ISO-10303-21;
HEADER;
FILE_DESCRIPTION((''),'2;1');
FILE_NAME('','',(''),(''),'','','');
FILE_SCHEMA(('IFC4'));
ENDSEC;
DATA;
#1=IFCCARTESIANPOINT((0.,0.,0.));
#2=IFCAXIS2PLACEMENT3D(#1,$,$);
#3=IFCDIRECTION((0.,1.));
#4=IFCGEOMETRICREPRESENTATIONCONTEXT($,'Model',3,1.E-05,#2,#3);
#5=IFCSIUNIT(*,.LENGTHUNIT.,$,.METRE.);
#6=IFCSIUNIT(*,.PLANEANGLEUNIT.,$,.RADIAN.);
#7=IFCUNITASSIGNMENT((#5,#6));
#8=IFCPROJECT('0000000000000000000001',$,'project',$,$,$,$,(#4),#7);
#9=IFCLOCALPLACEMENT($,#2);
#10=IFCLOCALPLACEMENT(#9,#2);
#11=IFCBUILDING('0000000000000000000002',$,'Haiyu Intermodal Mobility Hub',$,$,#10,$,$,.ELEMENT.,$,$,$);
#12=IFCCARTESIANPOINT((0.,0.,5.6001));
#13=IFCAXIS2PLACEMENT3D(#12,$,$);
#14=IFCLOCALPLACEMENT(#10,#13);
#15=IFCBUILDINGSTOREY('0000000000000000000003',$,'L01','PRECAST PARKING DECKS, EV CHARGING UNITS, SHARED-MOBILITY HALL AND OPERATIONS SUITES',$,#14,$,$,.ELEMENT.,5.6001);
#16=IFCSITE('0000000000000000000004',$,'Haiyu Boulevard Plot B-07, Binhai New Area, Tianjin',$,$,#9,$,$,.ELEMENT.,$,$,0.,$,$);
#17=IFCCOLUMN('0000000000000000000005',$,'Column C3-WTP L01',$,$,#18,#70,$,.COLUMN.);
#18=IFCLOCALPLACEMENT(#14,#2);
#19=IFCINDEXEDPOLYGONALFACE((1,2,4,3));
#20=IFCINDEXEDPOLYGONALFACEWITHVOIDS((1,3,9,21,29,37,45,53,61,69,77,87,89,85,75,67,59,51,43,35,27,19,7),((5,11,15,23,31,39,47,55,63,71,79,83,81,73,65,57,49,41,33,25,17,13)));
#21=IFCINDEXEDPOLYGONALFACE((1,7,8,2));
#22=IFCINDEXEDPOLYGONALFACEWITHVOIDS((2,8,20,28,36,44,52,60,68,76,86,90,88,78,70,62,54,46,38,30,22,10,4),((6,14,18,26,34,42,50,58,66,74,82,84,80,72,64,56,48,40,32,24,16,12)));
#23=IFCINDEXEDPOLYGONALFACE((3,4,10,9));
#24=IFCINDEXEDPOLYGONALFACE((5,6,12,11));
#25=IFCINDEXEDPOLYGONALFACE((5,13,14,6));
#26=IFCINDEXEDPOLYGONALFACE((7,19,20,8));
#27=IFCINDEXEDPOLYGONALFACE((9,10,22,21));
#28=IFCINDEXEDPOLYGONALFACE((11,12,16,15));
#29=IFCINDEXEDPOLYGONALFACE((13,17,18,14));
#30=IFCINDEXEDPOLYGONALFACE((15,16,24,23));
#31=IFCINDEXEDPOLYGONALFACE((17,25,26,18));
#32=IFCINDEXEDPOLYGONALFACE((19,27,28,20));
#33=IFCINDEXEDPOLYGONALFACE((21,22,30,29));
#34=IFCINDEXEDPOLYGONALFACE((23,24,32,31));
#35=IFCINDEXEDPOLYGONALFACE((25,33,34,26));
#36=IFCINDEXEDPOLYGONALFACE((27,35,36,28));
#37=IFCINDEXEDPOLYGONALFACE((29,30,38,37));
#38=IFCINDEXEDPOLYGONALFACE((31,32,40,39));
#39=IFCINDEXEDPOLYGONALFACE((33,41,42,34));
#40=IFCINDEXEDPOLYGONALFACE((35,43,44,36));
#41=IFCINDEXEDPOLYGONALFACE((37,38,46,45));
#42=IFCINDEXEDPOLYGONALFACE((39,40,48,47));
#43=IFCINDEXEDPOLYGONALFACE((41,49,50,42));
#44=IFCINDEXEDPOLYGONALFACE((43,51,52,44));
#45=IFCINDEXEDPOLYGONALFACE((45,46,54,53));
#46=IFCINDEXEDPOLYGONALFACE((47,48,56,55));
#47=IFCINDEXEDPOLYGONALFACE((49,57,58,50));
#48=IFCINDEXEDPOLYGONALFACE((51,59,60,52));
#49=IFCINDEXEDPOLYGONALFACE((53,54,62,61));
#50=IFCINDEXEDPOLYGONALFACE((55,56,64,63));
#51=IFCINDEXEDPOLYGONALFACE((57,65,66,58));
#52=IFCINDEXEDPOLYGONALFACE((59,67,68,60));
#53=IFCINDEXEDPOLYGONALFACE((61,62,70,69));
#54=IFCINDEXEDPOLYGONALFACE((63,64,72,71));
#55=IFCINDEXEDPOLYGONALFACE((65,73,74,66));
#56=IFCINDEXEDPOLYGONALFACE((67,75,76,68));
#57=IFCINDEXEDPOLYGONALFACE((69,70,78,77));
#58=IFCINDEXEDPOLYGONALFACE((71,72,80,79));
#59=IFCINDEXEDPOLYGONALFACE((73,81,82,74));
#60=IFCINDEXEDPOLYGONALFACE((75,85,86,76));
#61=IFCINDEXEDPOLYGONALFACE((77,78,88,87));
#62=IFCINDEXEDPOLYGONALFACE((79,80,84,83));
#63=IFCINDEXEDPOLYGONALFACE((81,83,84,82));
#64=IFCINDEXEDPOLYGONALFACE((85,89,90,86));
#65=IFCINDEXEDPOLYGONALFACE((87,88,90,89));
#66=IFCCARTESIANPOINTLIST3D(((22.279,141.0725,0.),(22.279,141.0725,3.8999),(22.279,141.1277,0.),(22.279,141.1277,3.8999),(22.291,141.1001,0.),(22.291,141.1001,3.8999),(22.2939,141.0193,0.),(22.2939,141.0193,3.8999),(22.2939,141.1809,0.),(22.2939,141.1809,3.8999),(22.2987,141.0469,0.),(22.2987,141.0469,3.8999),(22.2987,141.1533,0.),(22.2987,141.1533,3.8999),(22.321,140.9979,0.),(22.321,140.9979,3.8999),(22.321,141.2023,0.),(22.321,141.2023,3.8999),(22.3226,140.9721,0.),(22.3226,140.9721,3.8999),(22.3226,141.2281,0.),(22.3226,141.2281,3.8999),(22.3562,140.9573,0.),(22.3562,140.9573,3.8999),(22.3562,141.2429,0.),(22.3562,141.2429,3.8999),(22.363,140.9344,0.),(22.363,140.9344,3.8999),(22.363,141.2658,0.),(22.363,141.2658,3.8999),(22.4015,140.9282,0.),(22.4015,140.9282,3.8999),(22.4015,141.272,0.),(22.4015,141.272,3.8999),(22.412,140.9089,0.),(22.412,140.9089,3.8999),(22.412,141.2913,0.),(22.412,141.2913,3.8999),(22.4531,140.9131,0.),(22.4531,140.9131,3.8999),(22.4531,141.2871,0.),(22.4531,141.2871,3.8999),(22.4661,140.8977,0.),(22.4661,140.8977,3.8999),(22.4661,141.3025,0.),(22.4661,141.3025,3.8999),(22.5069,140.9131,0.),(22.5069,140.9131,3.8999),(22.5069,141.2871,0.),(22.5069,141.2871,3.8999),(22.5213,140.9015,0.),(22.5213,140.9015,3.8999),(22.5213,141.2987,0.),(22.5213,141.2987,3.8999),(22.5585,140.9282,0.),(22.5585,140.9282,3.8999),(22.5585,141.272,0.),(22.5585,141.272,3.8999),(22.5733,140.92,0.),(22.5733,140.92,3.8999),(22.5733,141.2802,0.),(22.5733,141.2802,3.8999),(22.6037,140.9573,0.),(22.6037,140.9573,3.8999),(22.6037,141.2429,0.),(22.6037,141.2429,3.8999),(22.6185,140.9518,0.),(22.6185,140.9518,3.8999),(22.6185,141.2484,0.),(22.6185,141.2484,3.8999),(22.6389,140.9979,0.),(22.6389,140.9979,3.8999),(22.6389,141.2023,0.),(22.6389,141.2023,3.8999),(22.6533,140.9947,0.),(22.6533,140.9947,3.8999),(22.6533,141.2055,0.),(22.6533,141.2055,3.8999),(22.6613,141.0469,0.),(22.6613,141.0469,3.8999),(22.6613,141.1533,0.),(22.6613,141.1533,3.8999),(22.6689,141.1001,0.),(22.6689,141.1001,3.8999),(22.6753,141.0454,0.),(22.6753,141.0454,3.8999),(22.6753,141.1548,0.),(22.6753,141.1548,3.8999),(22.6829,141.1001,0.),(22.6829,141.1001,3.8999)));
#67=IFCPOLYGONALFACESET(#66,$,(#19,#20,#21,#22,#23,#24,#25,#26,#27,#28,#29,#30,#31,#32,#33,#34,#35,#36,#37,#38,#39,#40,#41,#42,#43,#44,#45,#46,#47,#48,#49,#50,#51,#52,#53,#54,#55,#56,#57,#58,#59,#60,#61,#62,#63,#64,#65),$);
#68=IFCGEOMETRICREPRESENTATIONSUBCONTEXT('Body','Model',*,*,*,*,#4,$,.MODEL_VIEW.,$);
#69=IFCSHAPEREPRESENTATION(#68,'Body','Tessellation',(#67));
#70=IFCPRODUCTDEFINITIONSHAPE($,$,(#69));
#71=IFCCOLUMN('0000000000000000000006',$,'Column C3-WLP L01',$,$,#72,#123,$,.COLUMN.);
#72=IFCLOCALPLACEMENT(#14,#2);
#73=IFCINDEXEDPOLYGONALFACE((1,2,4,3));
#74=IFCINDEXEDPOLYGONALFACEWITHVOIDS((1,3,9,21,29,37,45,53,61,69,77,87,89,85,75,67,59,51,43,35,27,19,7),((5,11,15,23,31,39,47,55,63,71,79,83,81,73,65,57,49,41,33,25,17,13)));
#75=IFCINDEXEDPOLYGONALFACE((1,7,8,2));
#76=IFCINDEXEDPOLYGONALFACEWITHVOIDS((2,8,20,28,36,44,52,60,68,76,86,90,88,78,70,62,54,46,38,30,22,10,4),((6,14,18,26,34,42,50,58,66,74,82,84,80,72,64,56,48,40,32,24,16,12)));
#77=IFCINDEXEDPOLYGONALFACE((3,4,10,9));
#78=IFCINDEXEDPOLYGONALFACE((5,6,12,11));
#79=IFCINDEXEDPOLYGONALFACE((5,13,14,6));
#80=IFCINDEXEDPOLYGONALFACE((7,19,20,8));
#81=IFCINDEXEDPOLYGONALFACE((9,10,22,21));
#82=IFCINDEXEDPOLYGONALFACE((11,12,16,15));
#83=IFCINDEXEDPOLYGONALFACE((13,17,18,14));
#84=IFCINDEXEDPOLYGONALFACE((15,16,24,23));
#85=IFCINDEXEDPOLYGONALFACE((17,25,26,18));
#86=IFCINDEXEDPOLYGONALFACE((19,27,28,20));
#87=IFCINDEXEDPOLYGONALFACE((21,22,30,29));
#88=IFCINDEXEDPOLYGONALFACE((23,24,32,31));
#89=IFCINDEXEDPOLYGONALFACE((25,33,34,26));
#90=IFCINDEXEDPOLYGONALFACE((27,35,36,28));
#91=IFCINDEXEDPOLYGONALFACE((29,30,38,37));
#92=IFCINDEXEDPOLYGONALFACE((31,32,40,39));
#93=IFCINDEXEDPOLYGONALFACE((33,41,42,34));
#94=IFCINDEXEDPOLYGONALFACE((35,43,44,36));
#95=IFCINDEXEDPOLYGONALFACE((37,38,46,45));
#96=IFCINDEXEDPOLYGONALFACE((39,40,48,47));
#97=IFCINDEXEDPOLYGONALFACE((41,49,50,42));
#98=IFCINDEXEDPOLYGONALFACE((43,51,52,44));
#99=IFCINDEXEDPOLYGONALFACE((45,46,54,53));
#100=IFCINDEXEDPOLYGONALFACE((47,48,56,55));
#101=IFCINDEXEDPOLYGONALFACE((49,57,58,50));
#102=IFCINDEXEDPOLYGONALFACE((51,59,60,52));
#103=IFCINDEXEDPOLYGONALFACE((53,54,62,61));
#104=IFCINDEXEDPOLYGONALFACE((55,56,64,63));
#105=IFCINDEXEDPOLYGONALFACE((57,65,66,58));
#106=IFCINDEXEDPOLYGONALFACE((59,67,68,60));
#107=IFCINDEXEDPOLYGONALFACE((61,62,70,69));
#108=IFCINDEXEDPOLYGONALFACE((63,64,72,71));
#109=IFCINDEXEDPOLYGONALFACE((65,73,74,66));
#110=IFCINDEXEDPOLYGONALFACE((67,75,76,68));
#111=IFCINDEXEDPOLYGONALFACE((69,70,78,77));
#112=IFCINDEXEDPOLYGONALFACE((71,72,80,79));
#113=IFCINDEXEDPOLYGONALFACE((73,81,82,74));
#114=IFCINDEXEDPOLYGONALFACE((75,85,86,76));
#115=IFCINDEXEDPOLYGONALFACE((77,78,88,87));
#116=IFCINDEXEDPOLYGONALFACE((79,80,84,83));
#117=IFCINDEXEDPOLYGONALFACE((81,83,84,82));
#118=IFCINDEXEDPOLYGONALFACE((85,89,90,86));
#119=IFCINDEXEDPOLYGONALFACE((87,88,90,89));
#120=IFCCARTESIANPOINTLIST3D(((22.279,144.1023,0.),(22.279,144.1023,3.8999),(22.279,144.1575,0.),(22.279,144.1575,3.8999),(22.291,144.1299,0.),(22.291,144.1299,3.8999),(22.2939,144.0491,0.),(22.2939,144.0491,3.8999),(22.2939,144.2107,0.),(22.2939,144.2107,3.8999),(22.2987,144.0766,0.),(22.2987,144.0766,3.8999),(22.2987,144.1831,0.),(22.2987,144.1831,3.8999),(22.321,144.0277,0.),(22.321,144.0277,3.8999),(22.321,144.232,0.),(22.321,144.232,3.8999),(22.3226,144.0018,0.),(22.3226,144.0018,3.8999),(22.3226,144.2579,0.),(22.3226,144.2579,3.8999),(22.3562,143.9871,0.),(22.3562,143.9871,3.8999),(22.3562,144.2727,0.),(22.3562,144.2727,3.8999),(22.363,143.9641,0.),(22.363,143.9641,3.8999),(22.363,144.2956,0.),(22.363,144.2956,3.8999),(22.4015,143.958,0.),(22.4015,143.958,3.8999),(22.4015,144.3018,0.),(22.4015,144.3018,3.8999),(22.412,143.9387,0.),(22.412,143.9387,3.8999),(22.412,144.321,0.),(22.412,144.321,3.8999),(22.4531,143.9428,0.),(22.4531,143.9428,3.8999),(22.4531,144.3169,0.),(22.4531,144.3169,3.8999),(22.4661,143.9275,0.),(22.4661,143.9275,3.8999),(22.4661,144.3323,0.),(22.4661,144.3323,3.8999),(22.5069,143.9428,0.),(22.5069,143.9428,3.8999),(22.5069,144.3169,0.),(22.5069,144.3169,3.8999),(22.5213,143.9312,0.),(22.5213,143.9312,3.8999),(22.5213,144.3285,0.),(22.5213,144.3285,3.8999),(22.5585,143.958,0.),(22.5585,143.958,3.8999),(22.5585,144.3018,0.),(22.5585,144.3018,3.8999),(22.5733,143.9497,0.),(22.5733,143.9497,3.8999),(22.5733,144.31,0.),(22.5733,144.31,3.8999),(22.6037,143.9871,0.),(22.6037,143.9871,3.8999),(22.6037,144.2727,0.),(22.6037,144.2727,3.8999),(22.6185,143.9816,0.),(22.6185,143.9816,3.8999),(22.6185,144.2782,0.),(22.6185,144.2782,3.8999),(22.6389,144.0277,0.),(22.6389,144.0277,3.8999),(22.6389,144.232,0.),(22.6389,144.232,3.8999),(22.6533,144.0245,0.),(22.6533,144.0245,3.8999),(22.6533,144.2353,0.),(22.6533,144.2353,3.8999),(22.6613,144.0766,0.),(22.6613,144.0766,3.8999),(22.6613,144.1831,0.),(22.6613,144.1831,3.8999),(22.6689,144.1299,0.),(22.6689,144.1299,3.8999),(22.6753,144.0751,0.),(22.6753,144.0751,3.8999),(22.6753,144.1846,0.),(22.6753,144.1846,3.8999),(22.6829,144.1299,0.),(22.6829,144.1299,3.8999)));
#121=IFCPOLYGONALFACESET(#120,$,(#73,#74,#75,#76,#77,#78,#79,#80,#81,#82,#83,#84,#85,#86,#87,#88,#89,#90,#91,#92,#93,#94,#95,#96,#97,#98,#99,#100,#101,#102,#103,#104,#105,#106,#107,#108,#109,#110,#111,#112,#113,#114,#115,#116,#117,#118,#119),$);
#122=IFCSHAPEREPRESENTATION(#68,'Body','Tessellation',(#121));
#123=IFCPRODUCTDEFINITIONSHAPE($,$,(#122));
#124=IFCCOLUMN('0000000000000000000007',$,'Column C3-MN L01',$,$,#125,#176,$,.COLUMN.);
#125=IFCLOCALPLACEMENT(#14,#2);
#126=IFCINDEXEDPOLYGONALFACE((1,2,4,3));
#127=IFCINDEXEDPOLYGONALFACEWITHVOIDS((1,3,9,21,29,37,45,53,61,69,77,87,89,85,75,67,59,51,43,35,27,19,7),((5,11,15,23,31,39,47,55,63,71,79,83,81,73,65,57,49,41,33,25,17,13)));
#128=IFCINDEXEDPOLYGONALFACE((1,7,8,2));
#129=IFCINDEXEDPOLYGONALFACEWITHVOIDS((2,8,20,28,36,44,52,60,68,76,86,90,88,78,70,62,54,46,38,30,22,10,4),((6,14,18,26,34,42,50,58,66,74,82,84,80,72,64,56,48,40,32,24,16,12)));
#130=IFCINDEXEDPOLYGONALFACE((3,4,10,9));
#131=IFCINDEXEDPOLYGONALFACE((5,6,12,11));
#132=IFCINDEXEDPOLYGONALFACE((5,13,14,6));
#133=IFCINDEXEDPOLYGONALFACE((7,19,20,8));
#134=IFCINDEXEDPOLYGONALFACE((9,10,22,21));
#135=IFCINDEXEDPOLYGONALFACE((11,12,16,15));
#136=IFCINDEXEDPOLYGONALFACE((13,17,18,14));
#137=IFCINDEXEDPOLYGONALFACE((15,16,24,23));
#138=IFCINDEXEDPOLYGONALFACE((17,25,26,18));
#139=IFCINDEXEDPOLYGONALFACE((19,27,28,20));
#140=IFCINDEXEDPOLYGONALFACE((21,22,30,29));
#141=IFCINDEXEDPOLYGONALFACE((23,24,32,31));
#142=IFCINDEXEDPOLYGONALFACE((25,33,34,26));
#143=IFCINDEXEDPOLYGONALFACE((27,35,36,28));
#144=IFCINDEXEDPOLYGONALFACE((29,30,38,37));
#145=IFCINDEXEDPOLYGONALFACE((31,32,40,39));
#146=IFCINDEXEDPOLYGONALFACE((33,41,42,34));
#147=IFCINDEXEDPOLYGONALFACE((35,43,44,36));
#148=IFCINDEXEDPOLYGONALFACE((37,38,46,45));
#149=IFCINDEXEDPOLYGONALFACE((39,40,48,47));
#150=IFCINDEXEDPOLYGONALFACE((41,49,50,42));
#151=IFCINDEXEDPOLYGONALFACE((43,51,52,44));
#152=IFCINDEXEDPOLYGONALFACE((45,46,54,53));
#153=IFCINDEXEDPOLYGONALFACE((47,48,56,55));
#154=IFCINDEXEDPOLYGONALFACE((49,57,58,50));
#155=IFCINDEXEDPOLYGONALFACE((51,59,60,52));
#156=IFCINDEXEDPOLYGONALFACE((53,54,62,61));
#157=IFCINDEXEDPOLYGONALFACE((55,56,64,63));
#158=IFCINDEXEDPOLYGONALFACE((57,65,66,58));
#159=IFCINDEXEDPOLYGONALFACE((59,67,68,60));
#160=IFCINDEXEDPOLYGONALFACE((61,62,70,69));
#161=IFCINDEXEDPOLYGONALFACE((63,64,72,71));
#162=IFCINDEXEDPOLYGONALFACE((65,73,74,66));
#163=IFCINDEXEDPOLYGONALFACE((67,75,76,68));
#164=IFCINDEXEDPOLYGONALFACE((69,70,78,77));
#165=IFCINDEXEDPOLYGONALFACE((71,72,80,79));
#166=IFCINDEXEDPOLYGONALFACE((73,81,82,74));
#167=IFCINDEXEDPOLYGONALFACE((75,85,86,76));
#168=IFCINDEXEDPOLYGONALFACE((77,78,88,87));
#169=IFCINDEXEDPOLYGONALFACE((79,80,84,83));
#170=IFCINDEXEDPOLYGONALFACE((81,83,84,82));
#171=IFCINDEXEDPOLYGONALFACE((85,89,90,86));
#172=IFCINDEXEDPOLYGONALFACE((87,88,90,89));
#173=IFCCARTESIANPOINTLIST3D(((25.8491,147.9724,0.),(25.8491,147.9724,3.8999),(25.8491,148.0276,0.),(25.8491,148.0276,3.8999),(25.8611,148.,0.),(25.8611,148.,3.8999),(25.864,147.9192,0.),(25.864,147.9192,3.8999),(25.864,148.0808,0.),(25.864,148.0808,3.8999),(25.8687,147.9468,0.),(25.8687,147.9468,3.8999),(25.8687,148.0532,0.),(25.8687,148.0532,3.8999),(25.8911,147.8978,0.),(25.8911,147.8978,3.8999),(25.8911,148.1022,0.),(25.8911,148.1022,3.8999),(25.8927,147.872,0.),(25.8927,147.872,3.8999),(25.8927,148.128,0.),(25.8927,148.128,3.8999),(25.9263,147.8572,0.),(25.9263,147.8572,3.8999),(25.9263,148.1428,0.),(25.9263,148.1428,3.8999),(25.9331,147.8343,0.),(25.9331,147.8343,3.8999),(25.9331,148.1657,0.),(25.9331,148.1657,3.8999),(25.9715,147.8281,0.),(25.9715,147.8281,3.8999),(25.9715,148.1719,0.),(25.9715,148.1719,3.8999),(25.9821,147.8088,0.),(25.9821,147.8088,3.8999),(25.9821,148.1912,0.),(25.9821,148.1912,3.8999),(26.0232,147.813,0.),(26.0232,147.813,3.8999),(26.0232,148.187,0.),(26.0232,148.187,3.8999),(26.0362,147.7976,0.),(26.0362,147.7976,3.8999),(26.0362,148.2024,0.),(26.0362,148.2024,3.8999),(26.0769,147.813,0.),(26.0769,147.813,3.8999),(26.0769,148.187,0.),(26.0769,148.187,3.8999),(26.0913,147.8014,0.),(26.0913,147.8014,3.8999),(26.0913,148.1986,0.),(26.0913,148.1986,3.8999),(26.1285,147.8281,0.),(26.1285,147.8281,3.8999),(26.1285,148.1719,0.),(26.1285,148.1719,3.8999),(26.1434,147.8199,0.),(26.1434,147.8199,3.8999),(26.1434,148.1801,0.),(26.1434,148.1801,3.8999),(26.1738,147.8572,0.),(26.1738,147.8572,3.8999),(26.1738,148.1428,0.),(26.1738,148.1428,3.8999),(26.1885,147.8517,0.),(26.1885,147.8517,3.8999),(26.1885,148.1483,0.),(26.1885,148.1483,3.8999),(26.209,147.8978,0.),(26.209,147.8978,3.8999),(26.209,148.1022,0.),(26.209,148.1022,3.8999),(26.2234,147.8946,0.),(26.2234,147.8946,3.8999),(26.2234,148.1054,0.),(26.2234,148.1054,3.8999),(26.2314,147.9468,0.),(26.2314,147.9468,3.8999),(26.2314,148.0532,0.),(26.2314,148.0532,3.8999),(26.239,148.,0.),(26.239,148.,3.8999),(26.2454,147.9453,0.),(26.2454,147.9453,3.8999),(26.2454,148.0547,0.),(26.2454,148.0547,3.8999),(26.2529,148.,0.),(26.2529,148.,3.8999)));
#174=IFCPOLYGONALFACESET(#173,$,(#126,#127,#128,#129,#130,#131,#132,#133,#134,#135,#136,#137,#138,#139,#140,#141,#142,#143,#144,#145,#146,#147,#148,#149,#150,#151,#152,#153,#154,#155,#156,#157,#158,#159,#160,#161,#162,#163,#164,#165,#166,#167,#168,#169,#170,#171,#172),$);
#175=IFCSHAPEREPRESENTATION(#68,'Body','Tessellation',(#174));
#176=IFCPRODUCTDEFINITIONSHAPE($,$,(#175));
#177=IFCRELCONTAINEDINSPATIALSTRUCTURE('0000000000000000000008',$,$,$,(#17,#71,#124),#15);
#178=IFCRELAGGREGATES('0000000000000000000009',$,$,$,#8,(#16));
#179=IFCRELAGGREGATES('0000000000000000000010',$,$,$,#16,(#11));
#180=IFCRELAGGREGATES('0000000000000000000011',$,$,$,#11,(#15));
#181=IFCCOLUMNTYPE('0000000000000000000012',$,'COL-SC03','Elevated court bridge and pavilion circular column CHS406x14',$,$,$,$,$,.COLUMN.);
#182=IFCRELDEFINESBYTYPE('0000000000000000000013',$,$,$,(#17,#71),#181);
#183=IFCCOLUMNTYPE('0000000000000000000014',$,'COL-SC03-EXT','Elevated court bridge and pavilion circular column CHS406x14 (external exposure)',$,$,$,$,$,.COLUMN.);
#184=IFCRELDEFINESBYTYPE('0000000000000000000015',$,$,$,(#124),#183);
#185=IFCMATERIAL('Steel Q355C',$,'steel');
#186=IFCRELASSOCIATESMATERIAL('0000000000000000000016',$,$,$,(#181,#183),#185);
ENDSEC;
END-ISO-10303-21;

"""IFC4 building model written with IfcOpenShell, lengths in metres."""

from ifc_helpers import new_model, si_unit, direction, frame, origin, origin_2d, place, context, subcontext, project, spatial, hollow_circle, extrude, material, material_profile, profile_set, type_object, element, save


model = new_model("IFC4")

# Units and contexts
model_context = context("Model", 3, precision=1e-05, world=origin(), true_north=direction((0.0, 1.0)))
body_context = subcontext(model_context, "Body", "Model", "MODEL_VIEW")
ifc_project = project(units=[si_unit("LENGTHUNIT", "METRE"), si_unit("PLANEANGLEUNIT", "RADIAN")], contexts=[model_context])

# Site, building, storey
site_placement = place(None, origin())
site = spatial("IfcSite", under=ifc_project, at=site_placement, Name="Haiyu Boulevard Plot B-07, Binhai New Area, Tianjin", CompositionType="ELEMENT", RefElevation=0.0)
building_placement = place(site_placement, origin())
building = spatial("IfcBuilding", under=site, at=building_placement, Name="Haiyu Intermodal Mobility Hub", CompositionType="ELEMENT")
storey_placement = place(building_placement, frame((0.0, 0.0, 5.6001)))
storey = spatial("IfcBuildingStorey", under=building, at=storey_placement, Name="L01", Description="PRECAST PARKING DECKS, EV CHARGING UNITS, SHARED-MOBILITY HALL AND OPERATIONS SUITES", CompositionType="ELEMENT", Elevation=5.6001)

# Columns
ifc_material_1 = material(Name="Steel Q355C", Category="steel")
ifc_material_profile_1 = material_profile(ifc_material_1, hollow_circle(Radius=0.2029, WallThickness=0.0139, at=origin_2d()), Name="CHS406x14")
ifc_profile_set_1 = profile_set([ifc_material_profile_1], Name="Steel Q355C")
column_type_1 = type_object("IfcColumnType", Name="COL-SC03", Description="Elevated court bridge and pavilion circular column CHS406x14", PredefinedType="COLUMN", material=ifc_profile_set_1)
for number, where, z_axis, x_axis, name in (
    (1, (22.48, 141.1001, 0.0), (0.0, 0.0, 1.0), (1.0, 0.0, 0.0), "Column C3-WTP L01"),
    (2, (22.48, 144.1299, 0.0), (0.0, 0.0, 1.0), (1.0, 0.0, 0.0), "Column C3-WLP L01"),
):
    element("IfcColumn", number, at=place(storey_placement, frame(where, z_axis=z_axis, x_axis=x_axis)), inside=storey, type_object=column_type_1, Name=name, PredefinedType="COLUMN", context=body_context, shape_type="SweptSolid", body=[
        extrude(hollow_circle(Radius=0.2029, WallThickness=0.0139, at=origin_2d()), origin(), (0.0, 0.0, 1.0), 3.8999),
    ])
ifc_material_profile_2 = material_profile(ifc_material_1, hollow_circle(Radius=0.2029, WallThickness=0.0139, at=origin_2d()), Name="CHS406x14")
ifc_profile_set_2 = profile_set([ifc_material_profile_2], Name="Steel Q355C")
column_type_2 = type_object("IfcColumnType", Name="COL-SC03-EXT", Description="Elevated court bridge and pavilion circular column CHS406x14 (external exposure)", PredefinedType="COLUMN", material=ifc_profile_set_2)
column_placement = place(storey_placement, frame((26.05, 148.0, 0.0), z_axis=(0.0, 0.0, 1.0), x_axis=(1.0, 0.0, 0.0)))
element("IfcColumn", 3, at=column_placement, inside=storey, type_object=column_type_2, Name="Column C3-MN L01", PredefinedType="COLUMN", context=body_context, shape_type="SweptSolid", body=[
    extrude(hollow_circle(Radius=0.2029, WallThickness=0.0139, at=origin_2d()), origin(), (0.0, 0.0, 1.0), 3.8999),
])

save(model, "model.ifc")
